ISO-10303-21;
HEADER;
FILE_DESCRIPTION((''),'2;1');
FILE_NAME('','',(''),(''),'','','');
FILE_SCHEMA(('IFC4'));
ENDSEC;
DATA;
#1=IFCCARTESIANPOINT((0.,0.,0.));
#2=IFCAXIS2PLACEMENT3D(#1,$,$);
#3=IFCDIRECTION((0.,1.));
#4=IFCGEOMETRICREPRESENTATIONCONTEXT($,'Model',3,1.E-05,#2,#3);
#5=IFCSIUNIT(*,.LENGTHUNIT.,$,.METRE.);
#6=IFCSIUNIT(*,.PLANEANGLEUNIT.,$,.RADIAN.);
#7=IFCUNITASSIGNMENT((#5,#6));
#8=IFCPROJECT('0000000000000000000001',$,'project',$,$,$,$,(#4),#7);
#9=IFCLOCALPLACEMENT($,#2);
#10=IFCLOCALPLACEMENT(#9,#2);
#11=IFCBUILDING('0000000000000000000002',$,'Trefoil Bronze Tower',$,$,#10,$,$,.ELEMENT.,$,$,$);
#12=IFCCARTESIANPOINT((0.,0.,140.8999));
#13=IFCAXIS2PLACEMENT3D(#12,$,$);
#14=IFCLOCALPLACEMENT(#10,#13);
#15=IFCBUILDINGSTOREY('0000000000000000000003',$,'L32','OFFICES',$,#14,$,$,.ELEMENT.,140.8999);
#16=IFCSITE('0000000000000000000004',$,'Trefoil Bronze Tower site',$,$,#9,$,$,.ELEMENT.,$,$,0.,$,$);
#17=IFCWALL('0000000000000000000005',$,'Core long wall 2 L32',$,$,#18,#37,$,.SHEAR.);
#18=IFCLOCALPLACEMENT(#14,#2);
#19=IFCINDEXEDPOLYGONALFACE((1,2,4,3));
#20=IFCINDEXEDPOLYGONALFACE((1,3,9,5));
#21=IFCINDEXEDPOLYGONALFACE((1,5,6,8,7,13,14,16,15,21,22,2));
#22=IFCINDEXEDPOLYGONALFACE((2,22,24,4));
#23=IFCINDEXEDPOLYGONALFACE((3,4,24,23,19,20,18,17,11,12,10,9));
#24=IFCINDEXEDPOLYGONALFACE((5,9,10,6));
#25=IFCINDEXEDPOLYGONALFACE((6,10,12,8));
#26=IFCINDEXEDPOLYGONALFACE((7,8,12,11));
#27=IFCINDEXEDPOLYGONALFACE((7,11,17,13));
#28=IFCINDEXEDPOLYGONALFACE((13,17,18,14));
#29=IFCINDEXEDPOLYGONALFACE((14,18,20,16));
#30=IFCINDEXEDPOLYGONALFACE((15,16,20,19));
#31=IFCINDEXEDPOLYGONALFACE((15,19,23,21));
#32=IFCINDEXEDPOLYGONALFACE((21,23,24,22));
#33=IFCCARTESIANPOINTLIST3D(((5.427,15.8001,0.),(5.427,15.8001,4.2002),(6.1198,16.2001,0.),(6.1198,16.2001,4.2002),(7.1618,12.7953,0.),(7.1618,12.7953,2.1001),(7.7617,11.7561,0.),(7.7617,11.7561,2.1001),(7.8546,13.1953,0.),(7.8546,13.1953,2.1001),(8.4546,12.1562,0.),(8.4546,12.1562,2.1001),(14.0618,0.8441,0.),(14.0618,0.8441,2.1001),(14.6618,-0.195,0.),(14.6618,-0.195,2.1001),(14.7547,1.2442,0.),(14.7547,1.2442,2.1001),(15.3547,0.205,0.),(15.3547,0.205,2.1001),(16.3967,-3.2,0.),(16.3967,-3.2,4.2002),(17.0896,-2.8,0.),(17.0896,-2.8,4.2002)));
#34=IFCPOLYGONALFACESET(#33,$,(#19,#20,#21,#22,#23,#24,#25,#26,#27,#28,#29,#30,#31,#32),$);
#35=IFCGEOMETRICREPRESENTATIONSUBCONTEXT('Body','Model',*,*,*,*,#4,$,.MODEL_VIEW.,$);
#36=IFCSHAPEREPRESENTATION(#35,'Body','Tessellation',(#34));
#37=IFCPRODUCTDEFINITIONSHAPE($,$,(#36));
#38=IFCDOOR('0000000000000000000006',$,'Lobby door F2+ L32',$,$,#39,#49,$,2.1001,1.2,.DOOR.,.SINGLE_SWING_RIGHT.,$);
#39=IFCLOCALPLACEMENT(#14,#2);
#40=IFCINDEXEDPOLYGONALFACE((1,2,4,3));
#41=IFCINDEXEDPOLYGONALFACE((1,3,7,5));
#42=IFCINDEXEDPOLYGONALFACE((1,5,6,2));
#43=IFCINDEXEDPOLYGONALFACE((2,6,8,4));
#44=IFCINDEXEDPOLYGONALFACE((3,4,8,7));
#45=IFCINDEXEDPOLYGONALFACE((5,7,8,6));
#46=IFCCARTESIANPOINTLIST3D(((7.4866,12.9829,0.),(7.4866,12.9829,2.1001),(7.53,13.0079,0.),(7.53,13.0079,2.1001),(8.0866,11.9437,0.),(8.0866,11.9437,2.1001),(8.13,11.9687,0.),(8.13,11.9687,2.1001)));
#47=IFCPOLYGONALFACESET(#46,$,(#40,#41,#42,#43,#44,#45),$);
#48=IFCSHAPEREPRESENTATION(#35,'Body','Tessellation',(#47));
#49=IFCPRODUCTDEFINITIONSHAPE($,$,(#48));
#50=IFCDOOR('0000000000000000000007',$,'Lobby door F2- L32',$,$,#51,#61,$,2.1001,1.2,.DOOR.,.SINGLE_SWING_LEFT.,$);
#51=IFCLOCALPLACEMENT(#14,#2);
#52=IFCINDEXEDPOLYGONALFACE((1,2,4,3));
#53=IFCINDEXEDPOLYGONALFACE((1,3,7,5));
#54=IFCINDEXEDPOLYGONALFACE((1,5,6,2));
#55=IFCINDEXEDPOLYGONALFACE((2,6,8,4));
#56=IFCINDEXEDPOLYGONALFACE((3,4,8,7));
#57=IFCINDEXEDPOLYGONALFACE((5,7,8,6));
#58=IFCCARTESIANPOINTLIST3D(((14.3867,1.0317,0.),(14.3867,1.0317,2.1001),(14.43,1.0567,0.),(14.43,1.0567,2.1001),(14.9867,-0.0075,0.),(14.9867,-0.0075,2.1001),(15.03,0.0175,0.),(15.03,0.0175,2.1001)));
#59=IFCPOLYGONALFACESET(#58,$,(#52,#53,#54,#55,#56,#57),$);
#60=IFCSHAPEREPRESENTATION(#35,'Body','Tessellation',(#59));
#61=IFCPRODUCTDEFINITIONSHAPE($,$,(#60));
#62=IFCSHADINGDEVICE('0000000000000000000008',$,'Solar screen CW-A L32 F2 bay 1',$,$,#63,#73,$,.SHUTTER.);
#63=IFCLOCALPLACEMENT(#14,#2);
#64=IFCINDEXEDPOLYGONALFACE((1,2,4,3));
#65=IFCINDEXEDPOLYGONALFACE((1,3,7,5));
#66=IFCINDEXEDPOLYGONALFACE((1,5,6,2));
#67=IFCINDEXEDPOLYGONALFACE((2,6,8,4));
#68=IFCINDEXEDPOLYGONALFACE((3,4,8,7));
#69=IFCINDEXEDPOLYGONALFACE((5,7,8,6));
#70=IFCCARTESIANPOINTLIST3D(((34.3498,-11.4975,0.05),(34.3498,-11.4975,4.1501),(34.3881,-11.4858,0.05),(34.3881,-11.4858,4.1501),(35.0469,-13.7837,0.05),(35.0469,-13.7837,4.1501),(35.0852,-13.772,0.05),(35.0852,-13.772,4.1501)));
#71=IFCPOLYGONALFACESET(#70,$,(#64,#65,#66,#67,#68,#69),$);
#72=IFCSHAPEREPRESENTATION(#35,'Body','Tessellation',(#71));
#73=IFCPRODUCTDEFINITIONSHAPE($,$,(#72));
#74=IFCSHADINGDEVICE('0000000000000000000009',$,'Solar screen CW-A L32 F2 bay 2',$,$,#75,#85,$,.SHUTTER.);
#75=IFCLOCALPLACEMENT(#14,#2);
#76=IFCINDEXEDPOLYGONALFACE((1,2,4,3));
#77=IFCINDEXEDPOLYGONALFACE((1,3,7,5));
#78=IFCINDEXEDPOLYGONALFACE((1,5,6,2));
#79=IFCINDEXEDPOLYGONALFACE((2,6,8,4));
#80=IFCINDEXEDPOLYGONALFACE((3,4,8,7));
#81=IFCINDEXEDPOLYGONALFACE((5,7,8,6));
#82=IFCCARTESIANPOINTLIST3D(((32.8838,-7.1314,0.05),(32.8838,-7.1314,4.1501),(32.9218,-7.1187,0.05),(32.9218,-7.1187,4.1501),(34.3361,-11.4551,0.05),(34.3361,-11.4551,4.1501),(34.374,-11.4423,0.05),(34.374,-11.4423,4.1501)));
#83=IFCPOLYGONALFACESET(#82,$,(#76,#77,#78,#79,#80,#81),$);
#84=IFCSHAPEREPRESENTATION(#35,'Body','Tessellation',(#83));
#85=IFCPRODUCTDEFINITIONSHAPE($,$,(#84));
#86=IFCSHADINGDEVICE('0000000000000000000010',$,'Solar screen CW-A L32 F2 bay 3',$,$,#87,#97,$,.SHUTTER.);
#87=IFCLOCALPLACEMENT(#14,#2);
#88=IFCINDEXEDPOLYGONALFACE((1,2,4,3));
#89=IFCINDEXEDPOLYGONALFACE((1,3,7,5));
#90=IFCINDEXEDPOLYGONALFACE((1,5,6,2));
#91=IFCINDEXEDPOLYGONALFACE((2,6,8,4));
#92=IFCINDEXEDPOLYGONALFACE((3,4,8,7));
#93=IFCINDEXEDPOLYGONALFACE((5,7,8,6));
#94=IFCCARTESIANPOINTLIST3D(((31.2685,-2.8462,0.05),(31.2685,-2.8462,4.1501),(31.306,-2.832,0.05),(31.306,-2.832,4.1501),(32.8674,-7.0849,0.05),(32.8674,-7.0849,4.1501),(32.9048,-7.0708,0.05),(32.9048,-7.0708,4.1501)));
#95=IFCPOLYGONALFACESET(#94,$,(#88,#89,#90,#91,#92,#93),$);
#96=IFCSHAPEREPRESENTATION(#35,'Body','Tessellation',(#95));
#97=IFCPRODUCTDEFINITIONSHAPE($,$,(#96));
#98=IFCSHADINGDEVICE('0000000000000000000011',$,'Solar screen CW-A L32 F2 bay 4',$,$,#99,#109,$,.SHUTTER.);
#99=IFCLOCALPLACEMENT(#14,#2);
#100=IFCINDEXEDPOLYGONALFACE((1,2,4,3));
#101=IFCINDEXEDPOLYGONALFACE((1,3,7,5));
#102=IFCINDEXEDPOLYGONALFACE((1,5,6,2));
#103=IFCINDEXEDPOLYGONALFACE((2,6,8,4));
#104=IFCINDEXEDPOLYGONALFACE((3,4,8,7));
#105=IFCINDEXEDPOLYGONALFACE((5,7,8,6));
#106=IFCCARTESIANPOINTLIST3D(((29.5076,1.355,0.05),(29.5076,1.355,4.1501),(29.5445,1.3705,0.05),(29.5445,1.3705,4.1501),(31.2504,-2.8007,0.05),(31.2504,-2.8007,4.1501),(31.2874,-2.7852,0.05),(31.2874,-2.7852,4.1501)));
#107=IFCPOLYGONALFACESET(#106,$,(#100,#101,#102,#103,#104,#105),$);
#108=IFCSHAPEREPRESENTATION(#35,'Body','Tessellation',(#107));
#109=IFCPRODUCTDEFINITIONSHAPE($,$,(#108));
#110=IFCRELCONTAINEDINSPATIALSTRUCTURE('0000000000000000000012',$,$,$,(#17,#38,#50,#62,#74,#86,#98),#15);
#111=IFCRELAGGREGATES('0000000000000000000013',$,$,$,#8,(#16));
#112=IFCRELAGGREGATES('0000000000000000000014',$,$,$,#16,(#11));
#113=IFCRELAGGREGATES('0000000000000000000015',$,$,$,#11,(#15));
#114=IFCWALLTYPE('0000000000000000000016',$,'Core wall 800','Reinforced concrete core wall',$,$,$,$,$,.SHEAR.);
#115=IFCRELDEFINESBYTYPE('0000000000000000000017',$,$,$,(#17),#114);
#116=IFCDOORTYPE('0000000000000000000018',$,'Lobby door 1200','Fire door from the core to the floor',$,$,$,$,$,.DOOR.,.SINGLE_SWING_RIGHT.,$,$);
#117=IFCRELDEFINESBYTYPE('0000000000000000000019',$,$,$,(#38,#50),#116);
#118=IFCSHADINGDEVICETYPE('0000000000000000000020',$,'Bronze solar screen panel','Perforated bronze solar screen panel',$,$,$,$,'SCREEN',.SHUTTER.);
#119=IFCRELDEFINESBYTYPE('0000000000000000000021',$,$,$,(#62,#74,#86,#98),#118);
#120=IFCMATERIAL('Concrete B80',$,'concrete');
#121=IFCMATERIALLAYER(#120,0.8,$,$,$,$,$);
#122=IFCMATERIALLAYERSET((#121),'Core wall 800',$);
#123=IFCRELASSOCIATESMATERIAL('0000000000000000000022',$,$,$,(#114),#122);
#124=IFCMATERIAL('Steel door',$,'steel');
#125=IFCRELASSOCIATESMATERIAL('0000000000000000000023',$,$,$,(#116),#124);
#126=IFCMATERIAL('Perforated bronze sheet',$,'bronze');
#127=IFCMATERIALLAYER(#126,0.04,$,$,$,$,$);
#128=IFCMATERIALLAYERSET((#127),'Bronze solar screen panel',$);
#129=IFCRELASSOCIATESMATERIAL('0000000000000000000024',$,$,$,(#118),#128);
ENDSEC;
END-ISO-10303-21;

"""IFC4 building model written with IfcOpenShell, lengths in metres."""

from ifc_helpers import new_model, si_unit, direction, frame, frame_2d, origin, origin_2d, place, context, subcontext, project, spatial, rectangle, extrude, material, layer, layer_set, type_object, element, fill, save


model = new_model("IFC4")

# Units and contexts
model_context = context("Model", 3, precision=1e-05, world=origin(), true_north=direction((0.0, 1.0)))
body_context = subcontext(model_context, "Body", "Model", "MODEL_VIEW")
ifc_project = project(units=[si_unit("LENGTHUNIT", "METRE"), si_unit("PLANEANGLEUNIT", "RADIAN")], contexts=[model_context])

# Site, building, storey
site_placement = place(None, origin())
site = spatial("IfcSite", under=ifc_project, at=site_placement, Name="Trefoil Bronze Tower site", CompositionType="ELEMENT", RefElevation=0.0)
building_placement = place(site_placement, origin())
building = spatial("IfcBuilding", under=site, at=building_placement, Name="Trefoil Bronze Tower", CompositionType="ELEMENT")
storey_placement = place(building_placement, frame((0.0, 0.0, 140.8999)))
storey = spatial("IfcBuildingStorey", under=building, at=storey_placement, Name="L32", Description="OFFICES", CompositionType="ELEMENT", Elevation=140.8999)

# Wall, openings, doors
ifc_material_1 = material(Name="Concrete B80", Category="concrete")
ifc_layer_1 = layer(ifc_material_1, 0.8)
ifc_layer_set_1 = layer_set([ifc_layer_1], Name="Core wall 800")
wall_type = type_object("IfcWallType", Name="Core wall 800", Description="Reinforced concrete core wall", PredefinedType="SHEAR", material=ifc_layer_set_1)
wall_placement = place(storey_placement, frame((16.7432, -3.0, 0.0), z_axis=(0.0, 0.0, 1.0), x_axis=(-0.500002, 0.866024, 0.0)))
wall = element("IfcWall", 1, at=wall_placement, inside=storey, type_object=wall_type, Name="Core long wall 2 L32", PredefinedType="SHEAR", context=body_context, shape_type="SweptSolid", body=[
    extrude(rectangle(XDim=21.9395, YDim=0.8, at=frame_2d((10.9697, 0.0))), origin(), (0.0, 0.0, 1.0), 4.2002),
])
opening_1_placement = place(wall_placement, frame((17.2698, 0.0, 0.0)))
opening_1 = element("IfcOpeningElement", 2, at=opening_1_placement, cuts=wall, PredefinedType="OPENING", context=body_context, shape_type="SweptSolid", body=[
    extrude(rectangle(XDim=1.2, YDim=2.1001, at=frame_2d((0.6001, 1.05))), frame((0.0, 0.4099, 0.0), z_axis=(0.0, -1.0, 0.0), x_axis=(1.0, 0.0, 0.0)), (0.0, 0.0, 1.0), 0.8201),
])
opening_2_placement = place(wall_placement, frame((3.4697, 0.0, 0.0)))
opening_2 = element("IfcOpeningElement", 3, at=opening_2_placement, cuts=wall, PredefinedType="OPENING", context=body_context, shape_type="SweptSolid", body=[
    extrude(rectangle(XDim=1.2, YDim=2.1001, at=frame_2d((0.6001, 1.05))), frame((0.0, 0.4099, 0.0), z_axis=(0.0, -1.0, 0.0), x_axis=(1.0, 0.0, 0.0)), (0.0, 0.0, 1.0), 0.8201),
])
ifc_material_2 = material(Name="Steel door", Category="steel")
door_type = type_object("IfcDoorType", Name="Lobby door 1200", Description="Fire door from the core to the floor", OperationType="SINGLE_SWING_RIGHT", PredefinedType="DOOR", material=ifc_material_2)
door_1_placement = place(opening_1_placement, origin())
door_1 = element("IfcDoor", 4, at=door_1_placement, inside=storey, type_object=door_type, Name="Lobby door F2+ L32", OperationType="SINGLE_SWING_RIGHT", OverallHeight=2.1001, OverallWidth=1.2, PredefinedType="DOOR", context=body_context, shape_type="SweptSolid", body=[
    extrude(rectangle(XDim=1.2, YDim=2.1001, at=frame_2d((0.6001, 1.05))), frame((0.0, 0.0249, 0.0), z_axis=(0.0, -1.0, 0.0), x_axis=(1.0, 0.0, 0.0)), (0.0, 0.0, 1.0), 0.05),
])
fill(opening_1, door_1)
door_2_placement = place(opening_2_placement, origin())
door_2 = element("IfcDoor", 5, at=door_2_placement, inside=storey, type_object=door_type, Name="Lobby door F2- L32", OperationType="SINGLE_SWING_LEFT", OverallHeight=2.1001, OverallWidth=1.2, PredefinedType="DOOR", context=body_context, shape_type="SweptSolid", body=[
    extrude(rectangle(XDim=1.2, YDim=2.1001, at=frame_2d((0.6001, 1.05))), frame((0.0, 0.0249, 0.0), z_axis=(0.0, -1.0, 0.0), x_axis=(1.0, 0.0, 0.0)), (0.0, 0.0, 1.0), 0.05),
])
fill(opening_2, door_2)

# Shading devices
ifc_material_3 = material(Name="Perforated bronze sheet", Category="bronze")
ifc_layer_2 = layer(ifc_material_3, 0.04)
ifc_layer_set_2 = layer_set([ifc_layer_2], Name="Bronze solar screen panel")
shading_device_type = type_object("IfcShadingDeviceType", Name="Bronze solar screen panel", Description="Perforated bronze solar screen panel", ElementType="SCREEN", PredefinedType="SHUTTER", material=ifc_layer_set_2)
shading_device_1_placement = place(storey_placement, frame((34.7175, -12.6348, 0.05), z_axis=(0.0, 0.0, 1.0), x_axis=(-0.291669, 0.956519, 0.0)))
element("IfcShadingDevice", 6, at=shading_device_1_placement, inside=storey, type_object=shading_device_type, Name="Solar screen CW-A L32 F2 bay 1", PredefinedType="SHUTTER", context=body_context, shape_type="SweptSolid", body=[
    extrude(rectangle(XDim=2.3901, YDim=0.04, at=origin_2d()), origin(), (0.0, 0.0, 1.0), 4.1001),
])
shading_device_2_placement = place(storey_placement, frame((33.6289, -9.2869, 0.05), z_axis=(0.0, 0.0, 1.0), x_axis=(-0.318404, 0.947955, 0.0)))
element("IfcShadingDevice", 7, at=shading_device_2_placement, inside=storey, type_object=shading_device_type, Name="Solar screen CW-A L32 F2 bay 2", PredefinedType="SHUTTER", context=body_context, shape_type="SweptSolid", body=[
    extrude(rectangle(XDim=4.561, YDim=0.04, at=origin_2d()), origin(), (0.0, 0.0, 1.0), 4.1001),
])
shading_device_3_placement = place(storey_placement, frame((32.0867, -4.9585, 0.05), z_axis=(0.0, 0.0, 1.0), x_axis=(-0.35292, 0.935654, 0.0)))
element("IfcShadingDevice", 8, at=shading_device_3_placement, inside=storey, type_object=shading_device_type, Name="Solar screen CW-A L32 F2 bay 3", PredefinedType="SHUTTER", context=body_context, shape_type="SweptSolid", body=[
    extrude(rectangle(XDim=4.5303, YDim=0.04, at=origin_2d()), origin(), (0.0, 0.0, 1.0), 4.1001),
])
shading_device_4_placement = place(storey_placement, frame((30.3975, -0.7151, 0.05), z_axis=(0.0, 0.0, 1.0), x_axis=(-0.386759, 0.922181, 0.0)))
element("IfcShadingDevice", 9, at=shading_device_4_placement, inside=storey, type_object=shading_device_type, Name="Solar screen CW-A L32 F2 bay 4", PredefinedType="SHUTTER", context=body_context, shape_type="SweptSolid", body=[
    extrude(rectangle(XDim=4.5063, YDim=0.04, at=origin_2d()), origin(), (0.0, 0.0, 1.0), 4.1001),
])

save(model, "model.ifc")
